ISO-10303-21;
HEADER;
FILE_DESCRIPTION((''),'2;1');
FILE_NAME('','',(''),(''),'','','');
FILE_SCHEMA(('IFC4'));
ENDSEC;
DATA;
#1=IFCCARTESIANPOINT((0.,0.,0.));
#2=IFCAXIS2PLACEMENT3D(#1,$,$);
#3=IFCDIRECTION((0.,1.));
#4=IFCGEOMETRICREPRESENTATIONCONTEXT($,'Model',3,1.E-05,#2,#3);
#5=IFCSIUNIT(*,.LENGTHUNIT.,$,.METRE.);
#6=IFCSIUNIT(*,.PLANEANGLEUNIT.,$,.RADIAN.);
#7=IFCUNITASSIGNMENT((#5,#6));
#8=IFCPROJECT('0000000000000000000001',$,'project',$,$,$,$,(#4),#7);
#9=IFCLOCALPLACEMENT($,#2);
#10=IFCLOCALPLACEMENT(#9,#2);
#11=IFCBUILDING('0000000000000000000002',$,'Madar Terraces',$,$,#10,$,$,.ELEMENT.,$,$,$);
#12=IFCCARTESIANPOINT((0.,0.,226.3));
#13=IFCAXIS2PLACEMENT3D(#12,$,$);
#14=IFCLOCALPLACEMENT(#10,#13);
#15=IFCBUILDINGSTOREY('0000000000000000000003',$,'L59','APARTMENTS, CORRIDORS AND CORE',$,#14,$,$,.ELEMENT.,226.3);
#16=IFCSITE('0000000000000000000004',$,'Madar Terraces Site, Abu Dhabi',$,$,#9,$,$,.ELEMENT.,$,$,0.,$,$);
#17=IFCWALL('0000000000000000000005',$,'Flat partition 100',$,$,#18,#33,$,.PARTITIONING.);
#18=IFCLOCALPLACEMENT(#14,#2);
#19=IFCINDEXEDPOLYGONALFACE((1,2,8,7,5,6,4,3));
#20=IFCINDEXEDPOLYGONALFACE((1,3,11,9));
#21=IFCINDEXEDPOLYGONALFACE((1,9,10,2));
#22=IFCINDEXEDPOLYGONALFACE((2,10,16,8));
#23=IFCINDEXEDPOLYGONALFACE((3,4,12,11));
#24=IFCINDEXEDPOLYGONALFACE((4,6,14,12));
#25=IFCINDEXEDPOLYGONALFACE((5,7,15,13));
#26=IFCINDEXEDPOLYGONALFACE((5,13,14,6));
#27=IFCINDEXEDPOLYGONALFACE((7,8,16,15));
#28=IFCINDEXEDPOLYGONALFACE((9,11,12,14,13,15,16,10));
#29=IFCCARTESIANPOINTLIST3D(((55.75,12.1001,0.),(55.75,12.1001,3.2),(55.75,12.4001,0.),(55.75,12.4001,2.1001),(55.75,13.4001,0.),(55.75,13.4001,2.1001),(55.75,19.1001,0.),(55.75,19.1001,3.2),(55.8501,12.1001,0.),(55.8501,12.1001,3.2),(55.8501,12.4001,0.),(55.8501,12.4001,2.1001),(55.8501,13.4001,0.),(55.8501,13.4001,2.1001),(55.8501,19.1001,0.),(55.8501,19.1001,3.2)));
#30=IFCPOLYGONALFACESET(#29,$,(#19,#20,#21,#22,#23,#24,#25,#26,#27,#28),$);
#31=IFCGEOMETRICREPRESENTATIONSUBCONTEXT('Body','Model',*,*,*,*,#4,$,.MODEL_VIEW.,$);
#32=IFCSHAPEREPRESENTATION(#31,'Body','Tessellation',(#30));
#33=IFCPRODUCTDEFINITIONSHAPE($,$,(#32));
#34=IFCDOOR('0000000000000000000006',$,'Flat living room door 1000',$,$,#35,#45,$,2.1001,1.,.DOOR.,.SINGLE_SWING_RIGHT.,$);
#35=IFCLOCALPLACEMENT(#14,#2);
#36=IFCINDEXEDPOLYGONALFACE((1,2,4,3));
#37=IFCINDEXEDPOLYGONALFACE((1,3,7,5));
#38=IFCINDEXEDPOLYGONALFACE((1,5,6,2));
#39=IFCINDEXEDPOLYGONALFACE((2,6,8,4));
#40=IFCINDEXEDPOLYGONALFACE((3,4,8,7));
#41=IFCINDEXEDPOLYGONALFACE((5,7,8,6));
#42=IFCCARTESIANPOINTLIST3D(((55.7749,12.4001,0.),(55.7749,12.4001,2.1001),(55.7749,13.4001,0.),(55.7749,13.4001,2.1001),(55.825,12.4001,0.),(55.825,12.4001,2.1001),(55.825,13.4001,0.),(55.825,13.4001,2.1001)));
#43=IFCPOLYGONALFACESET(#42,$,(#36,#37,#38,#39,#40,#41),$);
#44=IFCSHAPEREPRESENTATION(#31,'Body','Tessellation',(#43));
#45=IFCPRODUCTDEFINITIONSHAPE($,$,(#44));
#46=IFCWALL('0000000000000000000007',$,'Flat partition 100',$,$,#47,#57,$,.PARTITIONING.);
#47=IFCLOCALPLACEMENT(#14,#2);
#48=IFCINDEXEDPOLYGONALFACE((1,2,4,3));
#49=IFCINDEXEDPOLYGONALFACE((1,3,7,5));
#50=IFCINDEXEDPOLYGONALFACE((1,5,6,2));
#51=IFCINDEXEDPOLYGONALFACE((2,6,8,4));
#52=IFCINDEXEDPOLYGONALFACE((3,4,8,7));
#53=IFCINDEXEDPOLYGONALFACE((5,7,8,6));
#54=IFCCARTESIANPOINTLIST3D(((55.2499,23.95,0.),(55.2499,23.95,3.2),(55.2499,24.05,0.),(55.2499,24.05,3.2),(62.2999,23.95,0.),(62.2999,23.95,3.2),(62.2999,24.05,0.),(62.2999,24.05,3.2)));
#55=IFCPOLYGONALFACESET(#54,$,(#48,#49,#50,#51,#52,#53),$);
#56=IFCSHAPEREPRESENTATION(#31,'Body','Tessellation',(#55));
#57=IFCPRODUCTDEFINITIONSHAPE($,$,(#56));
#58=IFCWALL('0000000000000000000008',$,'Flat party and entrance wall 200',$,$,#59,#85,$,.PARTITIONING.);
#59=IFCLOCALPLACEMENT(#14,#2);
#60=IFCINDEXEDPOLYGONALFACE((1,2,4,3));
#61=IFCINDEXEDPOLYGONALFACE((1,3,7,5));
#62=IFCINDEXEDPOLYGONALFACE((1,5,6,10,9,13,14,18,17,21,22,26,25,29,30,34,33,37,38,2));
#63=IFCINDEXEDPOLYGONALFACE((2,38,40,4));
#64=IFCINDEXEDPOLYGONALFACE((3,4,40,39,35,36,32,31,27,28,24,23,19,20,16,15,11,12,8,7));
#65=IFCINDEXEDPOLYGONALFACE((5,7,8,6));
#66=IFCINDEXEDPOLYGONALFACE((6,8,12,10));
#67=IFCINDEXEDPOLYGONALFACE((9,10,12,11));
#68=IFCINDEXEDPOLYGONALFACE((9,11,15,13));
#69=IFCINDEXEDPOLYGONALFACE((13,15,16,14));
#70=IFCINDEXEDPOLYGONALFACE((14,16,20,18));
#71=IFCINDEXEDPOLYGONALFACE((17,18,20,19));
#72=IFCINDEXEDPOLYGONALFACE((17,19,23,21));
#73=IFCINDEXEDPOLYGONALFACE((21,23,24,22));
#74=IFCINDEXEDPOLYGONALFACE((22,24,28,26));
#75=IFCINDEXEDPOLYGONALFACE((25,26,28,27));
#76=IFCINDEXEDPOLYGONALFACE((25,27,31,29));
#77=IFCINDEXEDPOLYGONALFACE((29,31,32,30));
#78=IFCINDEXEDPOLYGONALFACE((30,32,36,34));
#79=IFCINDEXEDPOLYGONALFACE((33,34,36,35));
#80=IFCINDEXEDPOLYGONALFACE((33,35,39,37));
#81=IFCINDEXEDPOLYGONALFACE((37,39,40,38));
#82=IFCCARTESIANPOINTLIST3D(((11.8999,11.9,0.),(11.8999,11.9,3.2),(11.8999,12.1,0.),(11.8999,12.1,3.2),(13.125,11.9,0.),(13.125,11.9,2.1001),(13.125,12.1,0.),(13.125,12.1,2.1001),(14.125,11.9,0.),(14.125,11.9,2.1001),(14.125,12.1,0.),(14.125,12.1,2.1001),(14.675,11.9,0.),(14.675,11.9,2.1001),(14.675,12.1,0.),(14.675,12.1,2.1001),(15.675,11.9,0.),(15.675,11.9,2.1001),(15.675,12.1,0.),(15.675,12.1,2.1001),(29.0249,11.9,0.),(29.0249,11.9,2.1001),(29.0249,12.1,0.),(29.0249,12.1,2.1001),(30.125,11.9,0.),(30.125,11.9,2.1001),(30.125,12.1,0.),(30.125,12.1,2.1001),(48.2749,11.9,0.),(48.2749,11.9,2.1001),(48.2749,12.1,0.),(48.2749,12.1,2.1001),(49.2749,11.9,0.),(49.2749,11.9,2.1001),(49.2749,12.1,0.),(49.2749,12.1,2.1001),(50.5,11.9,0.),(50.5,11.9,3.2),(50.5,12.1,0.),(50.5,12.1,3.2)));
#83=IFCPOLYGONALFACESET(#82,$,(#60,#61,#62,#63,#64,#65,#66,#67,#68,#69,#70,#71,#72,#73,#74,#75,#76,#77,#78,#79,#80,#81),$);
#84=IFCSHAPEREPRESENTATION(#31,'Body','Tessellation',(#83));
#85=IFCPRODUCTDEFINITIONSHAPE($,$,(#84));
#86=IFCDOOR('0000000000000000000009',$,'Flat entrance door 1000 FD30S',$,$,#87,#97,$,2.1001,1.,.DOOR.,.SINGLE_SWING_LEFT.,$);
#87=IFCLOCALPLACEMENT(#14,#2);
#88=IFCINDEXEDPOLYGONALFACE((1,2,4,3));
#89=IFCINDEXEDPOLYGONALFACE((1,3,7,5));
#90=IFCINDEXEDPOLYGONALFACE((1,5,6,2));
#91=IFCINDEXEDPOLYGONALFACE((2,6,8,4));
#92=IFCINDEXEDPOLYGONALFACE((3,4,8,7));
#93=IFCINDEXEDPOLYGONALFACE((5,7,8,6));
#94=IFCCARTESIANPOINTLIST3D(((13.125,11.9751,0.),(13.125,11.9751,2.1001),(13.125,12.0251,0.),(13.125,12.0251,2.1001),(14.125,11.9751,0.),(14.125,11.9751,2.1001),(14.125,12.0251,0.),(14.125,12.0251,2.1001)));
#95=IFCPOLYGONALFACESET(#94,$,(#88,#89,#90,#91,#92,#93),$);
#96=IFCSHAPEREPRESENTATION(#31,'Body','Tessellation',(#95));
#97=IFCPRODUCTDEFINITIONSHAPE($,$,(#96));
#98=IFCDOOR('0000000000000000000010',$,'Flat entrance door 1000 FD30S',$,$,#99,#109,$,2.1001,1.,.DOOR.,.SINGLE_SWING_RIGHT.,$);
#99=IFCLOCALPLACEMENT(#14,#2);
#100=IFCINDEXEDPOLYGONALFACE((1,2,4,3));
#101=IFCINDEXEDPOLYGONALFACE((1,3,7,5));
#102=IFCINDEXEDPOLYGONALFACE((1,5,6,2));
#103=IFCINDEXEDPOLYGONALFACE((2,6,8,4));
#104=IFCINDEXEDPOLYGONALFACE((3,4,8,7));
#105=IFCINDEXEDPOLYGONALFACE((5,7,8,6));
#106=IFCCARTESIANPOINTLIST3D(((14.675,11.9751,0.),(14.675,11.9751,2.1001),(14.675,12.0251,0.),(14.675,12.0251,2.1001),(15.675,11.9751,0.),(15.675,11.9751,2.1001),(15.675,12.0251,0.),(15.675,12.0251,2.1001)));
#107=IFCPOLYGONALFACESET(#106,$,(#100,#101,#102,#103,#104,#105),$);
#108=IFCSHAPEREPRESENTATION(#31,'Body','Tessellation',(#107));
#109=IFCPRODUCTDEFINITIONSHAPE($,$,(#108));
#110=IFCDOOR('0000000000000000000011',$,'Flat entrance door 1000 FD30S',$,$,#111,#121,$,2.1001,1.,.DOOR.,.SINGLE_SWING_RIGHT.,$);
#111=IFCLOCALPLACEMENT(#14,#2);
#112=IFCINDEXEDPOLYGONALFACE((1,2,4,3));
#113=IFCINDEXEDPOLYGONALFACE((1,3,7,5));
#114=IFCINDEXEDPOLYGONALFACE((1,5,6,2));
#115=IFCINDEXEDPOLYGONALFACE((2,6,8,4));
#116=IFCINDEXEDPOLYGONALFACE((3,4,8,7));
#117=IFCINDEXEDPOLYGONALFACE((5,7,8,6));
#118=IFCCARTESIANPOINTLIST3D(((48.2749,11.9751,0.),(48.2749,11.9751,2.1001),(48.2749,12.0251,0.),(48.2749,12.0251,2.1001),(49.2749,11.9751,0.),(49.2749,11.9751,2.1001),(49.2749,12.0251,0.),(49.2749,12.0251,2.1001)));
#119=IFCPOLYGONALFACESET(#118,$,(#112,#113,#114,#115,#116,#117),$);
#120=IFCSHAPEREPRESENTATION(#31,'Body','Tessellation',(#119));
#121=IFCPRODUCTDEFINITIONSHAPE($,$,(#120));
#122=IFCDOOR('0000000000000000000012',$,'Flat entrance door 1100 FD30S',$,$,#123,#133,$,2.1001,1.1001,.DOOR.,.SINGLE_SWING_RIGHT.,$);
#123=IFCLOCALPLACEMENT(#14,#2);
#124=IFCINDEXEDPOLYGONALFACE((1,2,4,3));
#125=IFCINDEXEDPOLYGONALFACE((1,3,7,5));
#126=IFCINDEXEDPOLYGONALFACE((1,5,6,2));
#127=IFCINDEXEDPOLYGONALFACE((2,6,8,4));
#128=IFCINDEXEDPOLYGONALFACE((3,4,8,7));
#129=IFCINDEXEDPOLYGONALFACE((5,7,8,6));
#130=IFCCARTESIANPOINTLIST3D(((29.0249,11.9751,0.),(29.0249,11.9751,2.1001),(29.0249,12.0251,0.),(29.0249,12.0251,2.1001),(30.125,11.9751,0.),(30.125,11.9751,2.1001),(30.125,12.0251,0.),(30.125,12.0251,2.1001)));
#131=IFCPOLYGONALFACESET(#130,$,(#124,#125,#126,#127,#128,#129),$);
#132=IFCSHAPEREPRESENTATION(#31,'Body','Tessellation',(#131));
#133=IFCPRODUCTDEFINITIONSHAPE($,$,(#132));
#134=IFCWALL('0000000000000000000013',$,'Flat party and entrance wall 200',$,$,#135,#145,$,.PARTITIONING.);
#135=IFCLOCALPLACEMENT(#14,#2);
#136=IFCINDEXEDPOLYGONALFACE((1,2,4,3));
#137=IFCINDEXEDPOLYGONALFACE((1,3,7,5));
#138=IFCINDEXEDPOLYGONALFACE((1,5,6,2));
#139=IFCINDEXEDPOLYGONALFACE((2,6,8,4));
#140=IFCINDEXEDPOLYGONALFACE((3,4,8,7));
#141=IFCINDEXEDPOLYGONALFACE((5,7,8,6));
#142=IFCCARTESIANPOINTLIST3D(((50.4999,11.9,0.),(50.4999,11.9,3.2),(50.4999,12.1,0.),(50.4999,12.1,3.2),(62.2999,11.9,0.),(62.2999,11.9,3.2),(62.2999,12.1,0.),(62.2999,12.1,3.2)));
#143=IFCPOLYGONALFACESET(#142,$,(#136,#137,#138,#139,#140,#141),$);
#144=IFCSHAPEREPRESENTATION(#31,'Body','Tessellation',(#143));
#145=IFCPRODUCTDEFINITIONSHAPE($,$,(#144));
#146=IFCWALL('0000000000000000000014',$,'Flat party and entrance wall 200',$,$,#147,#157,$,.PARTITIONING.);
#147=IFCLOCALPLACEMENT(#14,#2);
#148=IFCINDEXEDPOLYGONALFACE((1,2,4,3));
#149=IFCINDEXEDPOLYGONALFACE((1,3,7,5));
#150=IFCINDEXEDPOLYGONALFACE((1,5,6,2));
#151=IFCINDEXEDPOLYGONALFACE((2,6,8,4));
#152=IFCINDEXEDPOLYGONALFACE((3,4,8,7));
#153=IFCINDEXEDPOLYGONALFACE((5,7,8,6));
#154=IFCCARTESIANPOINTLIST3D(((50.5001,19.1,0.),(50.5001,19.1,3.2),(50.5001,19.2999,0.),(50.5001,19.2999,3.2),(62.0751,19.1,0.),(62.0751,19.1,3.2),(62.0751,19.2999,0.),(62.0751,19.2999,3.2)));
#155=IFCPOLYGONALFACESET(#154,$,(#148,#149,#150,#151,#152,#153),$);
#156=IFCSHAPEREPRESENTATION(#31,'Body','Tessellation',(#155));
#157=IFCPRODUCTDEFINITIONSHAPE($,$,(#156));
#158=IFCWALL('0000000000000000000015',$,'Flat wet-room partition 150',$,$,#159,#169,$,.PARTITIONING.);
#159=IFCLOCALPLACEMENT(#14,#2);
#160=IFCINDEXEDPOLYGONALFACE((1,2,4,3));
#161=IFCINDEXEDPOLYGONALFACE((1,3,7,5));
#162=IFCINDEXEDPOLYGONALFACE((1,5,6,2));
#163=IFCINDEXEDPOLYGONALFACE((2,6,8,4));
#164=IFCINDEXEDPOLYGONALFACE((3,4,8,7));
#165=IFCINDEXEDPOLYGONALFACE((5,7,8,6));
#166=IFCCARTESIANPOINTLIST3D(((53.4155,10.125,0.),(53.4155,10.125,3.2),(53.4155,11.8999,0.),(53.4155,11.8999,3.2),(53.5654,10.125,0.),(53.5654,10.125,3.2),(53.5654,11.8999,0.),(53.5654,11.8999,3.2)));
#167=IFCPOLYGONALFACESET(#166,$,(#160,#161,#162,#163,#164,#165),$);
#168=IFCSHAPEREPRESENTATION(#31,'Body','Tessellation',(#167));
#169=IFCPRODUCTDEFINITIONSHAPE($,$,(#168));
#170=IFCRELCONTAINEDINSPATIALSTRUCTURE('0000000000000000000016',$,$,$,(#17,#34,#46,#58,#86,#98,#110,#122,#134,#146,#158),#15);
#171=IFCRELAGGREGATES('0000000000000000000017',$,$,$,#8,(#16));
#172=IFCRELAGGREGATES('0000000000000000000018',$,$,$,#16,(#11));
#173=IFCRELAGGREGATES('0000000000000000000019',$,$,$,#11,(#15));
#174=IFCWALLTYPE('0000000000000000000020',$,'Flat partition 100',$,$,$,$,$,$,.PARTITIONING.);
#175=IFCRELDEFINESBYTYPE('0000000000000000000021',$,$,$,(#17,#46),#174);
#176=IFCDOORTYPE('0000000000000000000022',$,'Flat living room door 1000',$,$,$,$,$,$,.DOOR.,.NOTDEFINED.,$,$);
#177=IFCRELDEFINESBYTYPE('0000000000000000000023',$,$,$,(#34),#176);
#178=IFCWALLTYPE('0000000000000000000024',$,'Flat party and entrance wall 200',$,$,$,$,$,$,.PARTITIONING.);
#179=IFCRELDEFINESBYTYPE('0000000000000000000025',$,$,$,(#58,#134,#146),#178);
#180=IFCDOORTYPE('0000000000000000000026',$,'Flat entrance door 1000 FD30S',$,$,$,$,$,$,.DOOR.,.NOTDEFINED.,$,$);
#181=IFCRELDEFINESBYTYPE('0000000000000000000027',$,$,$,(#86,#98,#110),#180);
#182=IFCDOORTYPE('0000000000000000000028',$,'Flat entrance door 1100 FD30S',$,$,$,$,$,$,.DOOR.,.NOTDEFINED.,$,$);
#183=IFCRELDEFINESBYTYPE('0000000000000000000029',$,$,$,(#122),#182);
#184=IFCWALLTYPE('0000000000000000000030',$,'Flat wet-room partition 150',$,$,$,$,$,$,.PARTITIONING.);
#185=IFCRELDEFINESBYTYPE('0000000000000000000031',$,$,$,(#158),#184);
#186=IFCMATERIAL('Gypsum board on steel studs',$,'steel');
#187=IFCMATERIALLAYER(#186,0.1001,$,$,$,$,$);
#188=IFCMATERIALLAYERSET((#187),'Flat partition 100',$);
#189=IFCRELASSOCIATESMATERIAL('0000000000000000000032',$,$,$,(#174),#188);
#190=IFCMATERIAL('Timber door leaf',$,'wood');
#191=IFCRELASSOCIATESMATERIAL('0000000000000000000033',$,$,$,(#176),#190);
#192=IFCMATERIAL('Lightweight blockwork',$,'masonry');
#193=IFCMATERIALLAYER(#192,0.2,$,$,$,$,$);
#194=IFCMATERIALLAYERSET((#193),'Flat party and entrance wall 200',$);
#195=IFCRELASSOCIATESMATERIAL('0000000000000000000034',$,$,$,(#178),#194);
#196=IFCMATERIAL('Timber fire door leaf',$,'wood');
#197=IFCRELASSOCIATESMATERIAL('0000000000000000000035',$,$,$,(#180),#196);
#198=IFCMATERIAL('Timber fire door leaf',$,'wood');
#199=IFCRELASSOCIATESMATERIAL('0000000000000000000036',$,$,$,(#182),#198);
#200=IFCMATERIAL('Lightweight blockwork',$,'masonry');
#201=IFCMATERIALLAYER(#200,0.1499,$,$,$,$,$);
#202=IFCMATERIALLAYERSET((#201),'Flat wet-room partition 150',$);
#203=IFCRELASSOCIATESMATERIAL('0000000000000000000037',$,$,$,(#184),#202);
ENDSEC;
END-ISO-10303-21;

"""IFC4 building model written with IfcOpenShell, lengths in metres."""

from ifc_helpers import new_model, si_unit, direction, frame, frame_2d, origin, place, context, subcontext, project, spatial, rectangle, extrude, material, layer, layer_set, type_object, element, fill, save


model = new_model("IFC4")

# Units and contexts
model_context = context("Model", 3, precision=1e-05, world=origin(), true_north=direction((0.0, 1.0)))
body_context = subcontext(model_context, "Body", "Model", "MODEL_VIEW")
ifc_project = project(units=[si_unit("LENGTHUNIT", "METRE"), si_unit("PLANEANGLEUNIT", "RADIAN")], contexts=[model_context])

# Site, building, storey
site_placement = place(None, origin())
site = spatial("IfcSite", under=ifc_project, at=site_placement, Name="Madar Terraces Site, Abu Dhabi", CompositionType="ELEMENT", RefElevation=0.0)
building_placement = place(site_placement, origin())
building = spatial("IfcBuilding", under=site, at=building_placement, Name="Madar Terraces", CompositionType="ELEMENT")
storey_placement = place(building_placement, frame((0.0, 0.0, 226.3)))
storey = spatial("IfcBuildingStorey", under=building, at=storey_placement, Name="L59", Description="APARTMENTS, CORRIDORS AND CORE", CompositionType="ELEMENT", Elevation=226.3)

# Wall, opening, door
ifc_material_1 = material(Name="Gypsum board on steel studs", Category="steel")
ifc_layer_1 = layer(ifc_material_1, 0.1001)
ifc_layer_set_1 = layer_set([ifc_layer_1], Name="Flat partition 100")
wall_type_1 = type_object("IfcWallType", Name="Flat partition 100", PredefinedType="PARTITIONING", material=ifc_layer_set_1)
wall_1_placement = place(storey_placement, frame((55.8, 19.1001, 0.0), z_axis=(0.0, 0.0, 1.0), x_axis=(0.0, -1.0, 0.0)))
wall_1 = element("IfcWall", 1, at=wall_1_placement, inside=storey, type_object=wall_type_1, Name="Flat partition 100", PredefinedType="PARTITIONING", context=body_context, shape_type="SweptSolid", body=[
    extrude(rectangle(XDim=7.0, YDim=0.1001, at=frame_2d((3.5, 0.0))), origin(), (0.0, 0.0, 1.0), 3.2),
])
opening_1_placement = place(wall_1_placement, frame((5.7, 0.0, 0.0)))
opening_1 = element("IfcOpeningElement", 2, at=opening_1_placement, cuts=wall_1, PredefinedType="OPENING", context=body_context, shape_type="SweptSolid", body=[
    extrude(rectangle(XDim=1.0, YDim=2.1001, at=frame_2d((0.5, 1.05))), frame((0.0, 0.0601, 0.0), z_axis=(0.0, -1.0, 0.0), x_axis=(1.0, 0.0, 0.0)), (0.0, 0.0, 1.0), 0.1201),
])
ifc_material_2 = material(Name="Timber door leaf", Category="wood")
door_type_1 = type_object("IfcDoorType", Name="Flat living room door 1000", OperationType="NOTDEFINED", PredefinedType="DOOR", material=ifc_material_2)
door_1_placement = place(opening_1_placement, origin())
door_1 = element("IfcDoor", 3, at=door_1_placement, inside=storey, type_object=door_type_1, Name="Flat living room door 1000", OperationType="SINGLE_SWING_RIGHT", OverallHeight=2.1001, OverallWidth=1.0, PredefinedType="DOOR", context=body_context, shape_type="SweptSolid", body=[
    extrude(rectangle(XDim=1.0, YDim=2.1001, at=frame_2d((0.5, 1.05))), frame((0.0, 0.0249, 0.0), z_axis=(0.0, -1.0, 0.0), x_axis=(1.0, 0.0, 0.0)), (0.0, 0.0, 1.0), 0.05),
])
fill(opening_1, door_1)

# Wall
wall_2_placement = place(storey_placement, frame((55.25, 24.0, 0.0), z_axis=(0.0, 0.0, 1.0), x_axis=(1.0, 0.0, 0.0)))
element("IfcWall", 4, at=wall_2_placement, inside=storey, type_object=wall_type_1, Name="Flat partition 100", PredefinedType="PARTITIONING", context=body_context, shape_type="SweptSolid", body=[
    extrude(rectangle(XDim=7.05, YDim=0.1001, at=frame_2d((3.5249, 0.0))), origin(), (0.0, 0.0, 1.0), 3.2),
])

# Wall, openings, doors
ifc_material_3 = material(Name="Lightweight blockwork", Category="masonry")
ifc_layer_2 = layer(ifc_material_3, 0.2)
ifc_layer_set_2 = layer_set([ifc_layer_2], Name="Flat party and entrance wall 200")
wall_type_2 = type_object("IfcWallType", Name="Flat party and entrance wall 200", PredefinedType="PARTITIONING", material=ifc_layer_set_2)
wall_3_placement = place(storey_placement, frame((50.5, 12.0, 0.0), z_axis=(0.0, 0.0, 1.0), x_axis=(-1.0, 0.0, 0.0)))
wall_3 = element("IfcWall", 5, at=wall_3_placement, inside=storey, type_object=wall_type_2, Name="Flat party and entrance wall 200", PredefinedType="PARTITIONING", context=body_context, shape_type="SweptSolid", body=[
    extrude(rectangle(XDim=38.6001, YDim=0.2, at=frame_2d((19.3, 0.0))), origin(), (0.0, 0.0, 1.0), 3.2),
])
opening_2_placement = place(wall_3_placement, frame((36.375, 0.0, 0.0)))
opening_2 = element("IfcOpeningElement", 6, at=opening_2_placement, cuts=wall_3, PredefinedType="OPENING", context=body_context, shape_type="SweptSolid", body=[
    extrude(rectangle(XDim=1.0, YDim=2.1001, at=frame_2d((0.5, 1.05))), frame((0.0, 0.1099, 0.0), z_axis=(0.0, -1.0, 0.0), x_axis=(1.0, 0.0, 0.0)), (0.0, 0.0, 1.0), 0.22),
])
opening_3_placement = place(wall_3_placement, frame((34.825, 0.0, 0.0)))
opening_3 = element("IfcOpeningElement", 7, at=opening_3_placement, cuts=wall_3, PredefinedType="OPENING", context=body_context, shape_type="SweptSolid", body=[
    extrude(rectangle(XDim=1.0, YDim=2.1001, at=frame_2d((0.5, 1.05))), frame((0.0, 0.1099, 0.0), z_axis=(0.0, -1.0, 0.0), x_axis=(1.0, 0.0, 0.0)), (0.0, 0.0, 1.0), 0.22),
])
opening_4_placement = place(wall_3_placement, frame((20.375, 0.0, 0.0)))
opening_4 = element("IfcOpeningElement", 8, at=opening_4_placement, cuts=wall_3, PredefinedType="OPENING", context=body_context, shape_type="SweptSolid", body=[
    extrude(rectangle(XDim=1.1001, YDim=2.1001, at=frame_2d((0.55, 1.05))), frame((0.0, 0.1099, 0.0), z_axis=(0.0, -1.0, 0.0), x_axis=(1.0, 0.0, 0.0)), (0.0, 0.0, 1.0), 0.22),
])
opening_5_placement = place(wall_3_placement, frame((1.2251, 0.0, 0.0)))
opening_5 = element("IfcOpeningElement", 9, at=opening_5_placement, cuts=wall_3, PredefinedType="OPENING", context=body_context, shape_type="SweptSolid", body=[
    extrude(rectangle(XDim=1.0, YDim=2.1001, at=frame_2d((0.5, 1.05))), frame((0.0, 0.1099, 0.0), z_axis=(0.0, -1.0, 0.0), x_axis=(1.0, 0.0, 0.0)), (0.0, 0.0, 1.0), 0.22),
])
ifc_material_4 = material(Name="Timber fire door leaf", Category="wood")
door_type_2 = type_object("IfcDoorType", Name="Flat entrance door 1000 FD30S", OperationType="NOTDEFINED", PredefinedType="DOOR", material=ifc_material_4)
door_2_placement = place(opening_2_placement, origin())
door_2 = element("IfcDoor", 10, at=door_2_placement, inside=storey, type_object=door_type_2, Name="Flat entrance door 1000 FD30S", OperationType="SINGLE_SWING_LEFT", OverallHeight=2.1001, OverallWidth=1.0, PredefinedType="DOOR", context=body_context, shape_type="SweptSolid", body=[
    extrude(rectangle(XDim=1.0, YDim=2.1001, at=frame_2d((0.5, 1.05))), frame((0.0, 0.0249, 0.0), z_axis=(0.0, -1.0, 0.0), x_axis=(1.0, 0.0, 0.0)), (0.0, 0.0, 1.0), 0.05),
])
fill(opening_2, door_2)
door_3_placement = place(opening_3_placement, origin())
door_3 = element("IfcDoor", 11, at=door_3_placement, inside=storey, type_object=door_type_2, Name="Flat entrance door 1000 FD30S", OperationType="SINGLE_SWING_RIGHT", OverallHeight=2.1001, OverallWidth=1.0, PredefinedType="DOOR", context=body_context, shape_type="SweptSolid", body=[
    extrude(rectangle(XDim=1.0, YDim=2.1001, at=frame_2d((0.5, 1.05))), frame((0.0, 0.0249, 0.0), z_axis=(0.0, -1.0, 0.0), x_axis=(1.0, 0.0, 0.0)), (0.0, 0.0, 1.0), 0.05),
])
fill(opening_3, door_3)
door_4_placement = place(opening_5_placement, origin())
door_4 = element("IfcDoor", 12, at=door_4_placement, inside=storey, type_object=door_type_2, Name="Flat entrance door 1000 FD30S", OperationType="SINGLE_SWING_RIGHT", OverallHeight=2.1001, OverallWidth=1.0, PredefinedType="DOOR", context=body_context, shape_type="SweptSolid", body=[
    extrude(rectangle(XDim=1.0, YDim=2.1001, at=frame_2d((0.5, 1.05))), frame((0.0, 0.0249, 0.0), z_axis=(0.0, -1.0, 0.0), x_axis=(1.0, 0.0, 0.0)), (0.0, 0.0, 1.0), 0.05),
])
fill(opening_5, door_4)
ifc_material_5 = material(Name="Timber fire door leaf", Category="wood")
door_type_3 = type_object("IfcDoorType", Name="Flat entrance door 1100 FD30S", OperationType="NOTDEFINED", PredefinedType="DOOR", material=ifc_material_5)
door_5_placement = place(opening_4_placement, origin())
door_5 = element("IfcDoor", 13, at=door_5_placement, inside=storey, type_object=door_type_3, Name="Flat entrance door 1100 FD30S", OperationType="SINGLE_SWING_RIGHT", OverallHeight=2.1001, OverallWidth=1.1001, PredefinedType="DOOR", context=body_context, shape_type="SweptSolid", body=[
    extrude(rectangle(XDim=1.1001, YDim=2.1001, at=frame_2d((0.55, 1.05))), frame((0.0, 0.0249, 0.0), z_axis=(0.0, -1.0, 0.0), x_axis=(1.0, 0.0, 0.0)), (0.0, 0.0, 1.0), 0.05),
])
fill(opening_4, door_5)

# Walls
wall_4_placement = place(storey_placement, frame((50.5, 12.0, 0.0), z_axis=(0.0, 0.0, 1.0), x_axis=(1.0, 0.0, 0.0)))
element("IfcWall", 14, at=wall_4_placement, inside=storey, type_object=wall_type_2, Name="Flat party and entrance wall 200", PredefinedType="PARTITIONING", context=body_context, shape_type="SweptSolid", body=[
    extrude(rectangle(XDim=11.8, YDim=0.2, at=frame_2d((5.8999, 0.0))), origin(), (0.0, 0.0, 1.0), 3.2),
])
wall_5_placement = place(storey_placement, frame((50.5, 19.2, 0.0), z_axis=(0.0, 0.0, 1.0), x_axis=(1.0, 0.0, 0.0)))
element("IfcWall", 15, at=wall_5_placement, inside=storey, type_object=wall_type_2, Name="Flat party and entrance wall 200", PredefinedType="PARTITIONING", context=body_context, shape_type="SweptSolid", body=[
    extrude(rectangle(XDim=11.575, YDim=0.2, at=frame_2d((5.7876, 0.0))), origin(), (0.0, 0.0, 1.0), 3.2),
])
ifc_material_6 = material(Name="Lightweight blockwork", Category="masonry")
ifc_layer_3 = layer(ifc_material_6, 0.1499)
ifc_layer_set_3 = layer_set([ifc_layer_3], Name="Flat wet-room partition 150")
wall_type_3 = type_object("IfcWallType", Name="Flat wet-room partition 150", PredefinedType="PARTITIONING", material=ifc_layer_set_3)
wall_6_placement = place(storey_placement, frame((53.4905, 11.8999, 0.0), z_axis=(0.0, 0.0, 1.0), x_axis=(0.0, -1.0, 0.0)))
element("IfcWall", 16, at=wall_6_placement, inside=storey, type_object=wall_type_3, Name="Flat wet-room partition 150", PredefinedType="PARTITIONING", context=body_context, shape_type="SweptSolid", body=[
    extrude(rectangle(XDim=1.7749, YDim=0.1499, at=frame_2d((0.8875, 0.0))), origin(), (0.0, 0.0, 1.0), 3.2),
])

save(model, "model.ifc")
